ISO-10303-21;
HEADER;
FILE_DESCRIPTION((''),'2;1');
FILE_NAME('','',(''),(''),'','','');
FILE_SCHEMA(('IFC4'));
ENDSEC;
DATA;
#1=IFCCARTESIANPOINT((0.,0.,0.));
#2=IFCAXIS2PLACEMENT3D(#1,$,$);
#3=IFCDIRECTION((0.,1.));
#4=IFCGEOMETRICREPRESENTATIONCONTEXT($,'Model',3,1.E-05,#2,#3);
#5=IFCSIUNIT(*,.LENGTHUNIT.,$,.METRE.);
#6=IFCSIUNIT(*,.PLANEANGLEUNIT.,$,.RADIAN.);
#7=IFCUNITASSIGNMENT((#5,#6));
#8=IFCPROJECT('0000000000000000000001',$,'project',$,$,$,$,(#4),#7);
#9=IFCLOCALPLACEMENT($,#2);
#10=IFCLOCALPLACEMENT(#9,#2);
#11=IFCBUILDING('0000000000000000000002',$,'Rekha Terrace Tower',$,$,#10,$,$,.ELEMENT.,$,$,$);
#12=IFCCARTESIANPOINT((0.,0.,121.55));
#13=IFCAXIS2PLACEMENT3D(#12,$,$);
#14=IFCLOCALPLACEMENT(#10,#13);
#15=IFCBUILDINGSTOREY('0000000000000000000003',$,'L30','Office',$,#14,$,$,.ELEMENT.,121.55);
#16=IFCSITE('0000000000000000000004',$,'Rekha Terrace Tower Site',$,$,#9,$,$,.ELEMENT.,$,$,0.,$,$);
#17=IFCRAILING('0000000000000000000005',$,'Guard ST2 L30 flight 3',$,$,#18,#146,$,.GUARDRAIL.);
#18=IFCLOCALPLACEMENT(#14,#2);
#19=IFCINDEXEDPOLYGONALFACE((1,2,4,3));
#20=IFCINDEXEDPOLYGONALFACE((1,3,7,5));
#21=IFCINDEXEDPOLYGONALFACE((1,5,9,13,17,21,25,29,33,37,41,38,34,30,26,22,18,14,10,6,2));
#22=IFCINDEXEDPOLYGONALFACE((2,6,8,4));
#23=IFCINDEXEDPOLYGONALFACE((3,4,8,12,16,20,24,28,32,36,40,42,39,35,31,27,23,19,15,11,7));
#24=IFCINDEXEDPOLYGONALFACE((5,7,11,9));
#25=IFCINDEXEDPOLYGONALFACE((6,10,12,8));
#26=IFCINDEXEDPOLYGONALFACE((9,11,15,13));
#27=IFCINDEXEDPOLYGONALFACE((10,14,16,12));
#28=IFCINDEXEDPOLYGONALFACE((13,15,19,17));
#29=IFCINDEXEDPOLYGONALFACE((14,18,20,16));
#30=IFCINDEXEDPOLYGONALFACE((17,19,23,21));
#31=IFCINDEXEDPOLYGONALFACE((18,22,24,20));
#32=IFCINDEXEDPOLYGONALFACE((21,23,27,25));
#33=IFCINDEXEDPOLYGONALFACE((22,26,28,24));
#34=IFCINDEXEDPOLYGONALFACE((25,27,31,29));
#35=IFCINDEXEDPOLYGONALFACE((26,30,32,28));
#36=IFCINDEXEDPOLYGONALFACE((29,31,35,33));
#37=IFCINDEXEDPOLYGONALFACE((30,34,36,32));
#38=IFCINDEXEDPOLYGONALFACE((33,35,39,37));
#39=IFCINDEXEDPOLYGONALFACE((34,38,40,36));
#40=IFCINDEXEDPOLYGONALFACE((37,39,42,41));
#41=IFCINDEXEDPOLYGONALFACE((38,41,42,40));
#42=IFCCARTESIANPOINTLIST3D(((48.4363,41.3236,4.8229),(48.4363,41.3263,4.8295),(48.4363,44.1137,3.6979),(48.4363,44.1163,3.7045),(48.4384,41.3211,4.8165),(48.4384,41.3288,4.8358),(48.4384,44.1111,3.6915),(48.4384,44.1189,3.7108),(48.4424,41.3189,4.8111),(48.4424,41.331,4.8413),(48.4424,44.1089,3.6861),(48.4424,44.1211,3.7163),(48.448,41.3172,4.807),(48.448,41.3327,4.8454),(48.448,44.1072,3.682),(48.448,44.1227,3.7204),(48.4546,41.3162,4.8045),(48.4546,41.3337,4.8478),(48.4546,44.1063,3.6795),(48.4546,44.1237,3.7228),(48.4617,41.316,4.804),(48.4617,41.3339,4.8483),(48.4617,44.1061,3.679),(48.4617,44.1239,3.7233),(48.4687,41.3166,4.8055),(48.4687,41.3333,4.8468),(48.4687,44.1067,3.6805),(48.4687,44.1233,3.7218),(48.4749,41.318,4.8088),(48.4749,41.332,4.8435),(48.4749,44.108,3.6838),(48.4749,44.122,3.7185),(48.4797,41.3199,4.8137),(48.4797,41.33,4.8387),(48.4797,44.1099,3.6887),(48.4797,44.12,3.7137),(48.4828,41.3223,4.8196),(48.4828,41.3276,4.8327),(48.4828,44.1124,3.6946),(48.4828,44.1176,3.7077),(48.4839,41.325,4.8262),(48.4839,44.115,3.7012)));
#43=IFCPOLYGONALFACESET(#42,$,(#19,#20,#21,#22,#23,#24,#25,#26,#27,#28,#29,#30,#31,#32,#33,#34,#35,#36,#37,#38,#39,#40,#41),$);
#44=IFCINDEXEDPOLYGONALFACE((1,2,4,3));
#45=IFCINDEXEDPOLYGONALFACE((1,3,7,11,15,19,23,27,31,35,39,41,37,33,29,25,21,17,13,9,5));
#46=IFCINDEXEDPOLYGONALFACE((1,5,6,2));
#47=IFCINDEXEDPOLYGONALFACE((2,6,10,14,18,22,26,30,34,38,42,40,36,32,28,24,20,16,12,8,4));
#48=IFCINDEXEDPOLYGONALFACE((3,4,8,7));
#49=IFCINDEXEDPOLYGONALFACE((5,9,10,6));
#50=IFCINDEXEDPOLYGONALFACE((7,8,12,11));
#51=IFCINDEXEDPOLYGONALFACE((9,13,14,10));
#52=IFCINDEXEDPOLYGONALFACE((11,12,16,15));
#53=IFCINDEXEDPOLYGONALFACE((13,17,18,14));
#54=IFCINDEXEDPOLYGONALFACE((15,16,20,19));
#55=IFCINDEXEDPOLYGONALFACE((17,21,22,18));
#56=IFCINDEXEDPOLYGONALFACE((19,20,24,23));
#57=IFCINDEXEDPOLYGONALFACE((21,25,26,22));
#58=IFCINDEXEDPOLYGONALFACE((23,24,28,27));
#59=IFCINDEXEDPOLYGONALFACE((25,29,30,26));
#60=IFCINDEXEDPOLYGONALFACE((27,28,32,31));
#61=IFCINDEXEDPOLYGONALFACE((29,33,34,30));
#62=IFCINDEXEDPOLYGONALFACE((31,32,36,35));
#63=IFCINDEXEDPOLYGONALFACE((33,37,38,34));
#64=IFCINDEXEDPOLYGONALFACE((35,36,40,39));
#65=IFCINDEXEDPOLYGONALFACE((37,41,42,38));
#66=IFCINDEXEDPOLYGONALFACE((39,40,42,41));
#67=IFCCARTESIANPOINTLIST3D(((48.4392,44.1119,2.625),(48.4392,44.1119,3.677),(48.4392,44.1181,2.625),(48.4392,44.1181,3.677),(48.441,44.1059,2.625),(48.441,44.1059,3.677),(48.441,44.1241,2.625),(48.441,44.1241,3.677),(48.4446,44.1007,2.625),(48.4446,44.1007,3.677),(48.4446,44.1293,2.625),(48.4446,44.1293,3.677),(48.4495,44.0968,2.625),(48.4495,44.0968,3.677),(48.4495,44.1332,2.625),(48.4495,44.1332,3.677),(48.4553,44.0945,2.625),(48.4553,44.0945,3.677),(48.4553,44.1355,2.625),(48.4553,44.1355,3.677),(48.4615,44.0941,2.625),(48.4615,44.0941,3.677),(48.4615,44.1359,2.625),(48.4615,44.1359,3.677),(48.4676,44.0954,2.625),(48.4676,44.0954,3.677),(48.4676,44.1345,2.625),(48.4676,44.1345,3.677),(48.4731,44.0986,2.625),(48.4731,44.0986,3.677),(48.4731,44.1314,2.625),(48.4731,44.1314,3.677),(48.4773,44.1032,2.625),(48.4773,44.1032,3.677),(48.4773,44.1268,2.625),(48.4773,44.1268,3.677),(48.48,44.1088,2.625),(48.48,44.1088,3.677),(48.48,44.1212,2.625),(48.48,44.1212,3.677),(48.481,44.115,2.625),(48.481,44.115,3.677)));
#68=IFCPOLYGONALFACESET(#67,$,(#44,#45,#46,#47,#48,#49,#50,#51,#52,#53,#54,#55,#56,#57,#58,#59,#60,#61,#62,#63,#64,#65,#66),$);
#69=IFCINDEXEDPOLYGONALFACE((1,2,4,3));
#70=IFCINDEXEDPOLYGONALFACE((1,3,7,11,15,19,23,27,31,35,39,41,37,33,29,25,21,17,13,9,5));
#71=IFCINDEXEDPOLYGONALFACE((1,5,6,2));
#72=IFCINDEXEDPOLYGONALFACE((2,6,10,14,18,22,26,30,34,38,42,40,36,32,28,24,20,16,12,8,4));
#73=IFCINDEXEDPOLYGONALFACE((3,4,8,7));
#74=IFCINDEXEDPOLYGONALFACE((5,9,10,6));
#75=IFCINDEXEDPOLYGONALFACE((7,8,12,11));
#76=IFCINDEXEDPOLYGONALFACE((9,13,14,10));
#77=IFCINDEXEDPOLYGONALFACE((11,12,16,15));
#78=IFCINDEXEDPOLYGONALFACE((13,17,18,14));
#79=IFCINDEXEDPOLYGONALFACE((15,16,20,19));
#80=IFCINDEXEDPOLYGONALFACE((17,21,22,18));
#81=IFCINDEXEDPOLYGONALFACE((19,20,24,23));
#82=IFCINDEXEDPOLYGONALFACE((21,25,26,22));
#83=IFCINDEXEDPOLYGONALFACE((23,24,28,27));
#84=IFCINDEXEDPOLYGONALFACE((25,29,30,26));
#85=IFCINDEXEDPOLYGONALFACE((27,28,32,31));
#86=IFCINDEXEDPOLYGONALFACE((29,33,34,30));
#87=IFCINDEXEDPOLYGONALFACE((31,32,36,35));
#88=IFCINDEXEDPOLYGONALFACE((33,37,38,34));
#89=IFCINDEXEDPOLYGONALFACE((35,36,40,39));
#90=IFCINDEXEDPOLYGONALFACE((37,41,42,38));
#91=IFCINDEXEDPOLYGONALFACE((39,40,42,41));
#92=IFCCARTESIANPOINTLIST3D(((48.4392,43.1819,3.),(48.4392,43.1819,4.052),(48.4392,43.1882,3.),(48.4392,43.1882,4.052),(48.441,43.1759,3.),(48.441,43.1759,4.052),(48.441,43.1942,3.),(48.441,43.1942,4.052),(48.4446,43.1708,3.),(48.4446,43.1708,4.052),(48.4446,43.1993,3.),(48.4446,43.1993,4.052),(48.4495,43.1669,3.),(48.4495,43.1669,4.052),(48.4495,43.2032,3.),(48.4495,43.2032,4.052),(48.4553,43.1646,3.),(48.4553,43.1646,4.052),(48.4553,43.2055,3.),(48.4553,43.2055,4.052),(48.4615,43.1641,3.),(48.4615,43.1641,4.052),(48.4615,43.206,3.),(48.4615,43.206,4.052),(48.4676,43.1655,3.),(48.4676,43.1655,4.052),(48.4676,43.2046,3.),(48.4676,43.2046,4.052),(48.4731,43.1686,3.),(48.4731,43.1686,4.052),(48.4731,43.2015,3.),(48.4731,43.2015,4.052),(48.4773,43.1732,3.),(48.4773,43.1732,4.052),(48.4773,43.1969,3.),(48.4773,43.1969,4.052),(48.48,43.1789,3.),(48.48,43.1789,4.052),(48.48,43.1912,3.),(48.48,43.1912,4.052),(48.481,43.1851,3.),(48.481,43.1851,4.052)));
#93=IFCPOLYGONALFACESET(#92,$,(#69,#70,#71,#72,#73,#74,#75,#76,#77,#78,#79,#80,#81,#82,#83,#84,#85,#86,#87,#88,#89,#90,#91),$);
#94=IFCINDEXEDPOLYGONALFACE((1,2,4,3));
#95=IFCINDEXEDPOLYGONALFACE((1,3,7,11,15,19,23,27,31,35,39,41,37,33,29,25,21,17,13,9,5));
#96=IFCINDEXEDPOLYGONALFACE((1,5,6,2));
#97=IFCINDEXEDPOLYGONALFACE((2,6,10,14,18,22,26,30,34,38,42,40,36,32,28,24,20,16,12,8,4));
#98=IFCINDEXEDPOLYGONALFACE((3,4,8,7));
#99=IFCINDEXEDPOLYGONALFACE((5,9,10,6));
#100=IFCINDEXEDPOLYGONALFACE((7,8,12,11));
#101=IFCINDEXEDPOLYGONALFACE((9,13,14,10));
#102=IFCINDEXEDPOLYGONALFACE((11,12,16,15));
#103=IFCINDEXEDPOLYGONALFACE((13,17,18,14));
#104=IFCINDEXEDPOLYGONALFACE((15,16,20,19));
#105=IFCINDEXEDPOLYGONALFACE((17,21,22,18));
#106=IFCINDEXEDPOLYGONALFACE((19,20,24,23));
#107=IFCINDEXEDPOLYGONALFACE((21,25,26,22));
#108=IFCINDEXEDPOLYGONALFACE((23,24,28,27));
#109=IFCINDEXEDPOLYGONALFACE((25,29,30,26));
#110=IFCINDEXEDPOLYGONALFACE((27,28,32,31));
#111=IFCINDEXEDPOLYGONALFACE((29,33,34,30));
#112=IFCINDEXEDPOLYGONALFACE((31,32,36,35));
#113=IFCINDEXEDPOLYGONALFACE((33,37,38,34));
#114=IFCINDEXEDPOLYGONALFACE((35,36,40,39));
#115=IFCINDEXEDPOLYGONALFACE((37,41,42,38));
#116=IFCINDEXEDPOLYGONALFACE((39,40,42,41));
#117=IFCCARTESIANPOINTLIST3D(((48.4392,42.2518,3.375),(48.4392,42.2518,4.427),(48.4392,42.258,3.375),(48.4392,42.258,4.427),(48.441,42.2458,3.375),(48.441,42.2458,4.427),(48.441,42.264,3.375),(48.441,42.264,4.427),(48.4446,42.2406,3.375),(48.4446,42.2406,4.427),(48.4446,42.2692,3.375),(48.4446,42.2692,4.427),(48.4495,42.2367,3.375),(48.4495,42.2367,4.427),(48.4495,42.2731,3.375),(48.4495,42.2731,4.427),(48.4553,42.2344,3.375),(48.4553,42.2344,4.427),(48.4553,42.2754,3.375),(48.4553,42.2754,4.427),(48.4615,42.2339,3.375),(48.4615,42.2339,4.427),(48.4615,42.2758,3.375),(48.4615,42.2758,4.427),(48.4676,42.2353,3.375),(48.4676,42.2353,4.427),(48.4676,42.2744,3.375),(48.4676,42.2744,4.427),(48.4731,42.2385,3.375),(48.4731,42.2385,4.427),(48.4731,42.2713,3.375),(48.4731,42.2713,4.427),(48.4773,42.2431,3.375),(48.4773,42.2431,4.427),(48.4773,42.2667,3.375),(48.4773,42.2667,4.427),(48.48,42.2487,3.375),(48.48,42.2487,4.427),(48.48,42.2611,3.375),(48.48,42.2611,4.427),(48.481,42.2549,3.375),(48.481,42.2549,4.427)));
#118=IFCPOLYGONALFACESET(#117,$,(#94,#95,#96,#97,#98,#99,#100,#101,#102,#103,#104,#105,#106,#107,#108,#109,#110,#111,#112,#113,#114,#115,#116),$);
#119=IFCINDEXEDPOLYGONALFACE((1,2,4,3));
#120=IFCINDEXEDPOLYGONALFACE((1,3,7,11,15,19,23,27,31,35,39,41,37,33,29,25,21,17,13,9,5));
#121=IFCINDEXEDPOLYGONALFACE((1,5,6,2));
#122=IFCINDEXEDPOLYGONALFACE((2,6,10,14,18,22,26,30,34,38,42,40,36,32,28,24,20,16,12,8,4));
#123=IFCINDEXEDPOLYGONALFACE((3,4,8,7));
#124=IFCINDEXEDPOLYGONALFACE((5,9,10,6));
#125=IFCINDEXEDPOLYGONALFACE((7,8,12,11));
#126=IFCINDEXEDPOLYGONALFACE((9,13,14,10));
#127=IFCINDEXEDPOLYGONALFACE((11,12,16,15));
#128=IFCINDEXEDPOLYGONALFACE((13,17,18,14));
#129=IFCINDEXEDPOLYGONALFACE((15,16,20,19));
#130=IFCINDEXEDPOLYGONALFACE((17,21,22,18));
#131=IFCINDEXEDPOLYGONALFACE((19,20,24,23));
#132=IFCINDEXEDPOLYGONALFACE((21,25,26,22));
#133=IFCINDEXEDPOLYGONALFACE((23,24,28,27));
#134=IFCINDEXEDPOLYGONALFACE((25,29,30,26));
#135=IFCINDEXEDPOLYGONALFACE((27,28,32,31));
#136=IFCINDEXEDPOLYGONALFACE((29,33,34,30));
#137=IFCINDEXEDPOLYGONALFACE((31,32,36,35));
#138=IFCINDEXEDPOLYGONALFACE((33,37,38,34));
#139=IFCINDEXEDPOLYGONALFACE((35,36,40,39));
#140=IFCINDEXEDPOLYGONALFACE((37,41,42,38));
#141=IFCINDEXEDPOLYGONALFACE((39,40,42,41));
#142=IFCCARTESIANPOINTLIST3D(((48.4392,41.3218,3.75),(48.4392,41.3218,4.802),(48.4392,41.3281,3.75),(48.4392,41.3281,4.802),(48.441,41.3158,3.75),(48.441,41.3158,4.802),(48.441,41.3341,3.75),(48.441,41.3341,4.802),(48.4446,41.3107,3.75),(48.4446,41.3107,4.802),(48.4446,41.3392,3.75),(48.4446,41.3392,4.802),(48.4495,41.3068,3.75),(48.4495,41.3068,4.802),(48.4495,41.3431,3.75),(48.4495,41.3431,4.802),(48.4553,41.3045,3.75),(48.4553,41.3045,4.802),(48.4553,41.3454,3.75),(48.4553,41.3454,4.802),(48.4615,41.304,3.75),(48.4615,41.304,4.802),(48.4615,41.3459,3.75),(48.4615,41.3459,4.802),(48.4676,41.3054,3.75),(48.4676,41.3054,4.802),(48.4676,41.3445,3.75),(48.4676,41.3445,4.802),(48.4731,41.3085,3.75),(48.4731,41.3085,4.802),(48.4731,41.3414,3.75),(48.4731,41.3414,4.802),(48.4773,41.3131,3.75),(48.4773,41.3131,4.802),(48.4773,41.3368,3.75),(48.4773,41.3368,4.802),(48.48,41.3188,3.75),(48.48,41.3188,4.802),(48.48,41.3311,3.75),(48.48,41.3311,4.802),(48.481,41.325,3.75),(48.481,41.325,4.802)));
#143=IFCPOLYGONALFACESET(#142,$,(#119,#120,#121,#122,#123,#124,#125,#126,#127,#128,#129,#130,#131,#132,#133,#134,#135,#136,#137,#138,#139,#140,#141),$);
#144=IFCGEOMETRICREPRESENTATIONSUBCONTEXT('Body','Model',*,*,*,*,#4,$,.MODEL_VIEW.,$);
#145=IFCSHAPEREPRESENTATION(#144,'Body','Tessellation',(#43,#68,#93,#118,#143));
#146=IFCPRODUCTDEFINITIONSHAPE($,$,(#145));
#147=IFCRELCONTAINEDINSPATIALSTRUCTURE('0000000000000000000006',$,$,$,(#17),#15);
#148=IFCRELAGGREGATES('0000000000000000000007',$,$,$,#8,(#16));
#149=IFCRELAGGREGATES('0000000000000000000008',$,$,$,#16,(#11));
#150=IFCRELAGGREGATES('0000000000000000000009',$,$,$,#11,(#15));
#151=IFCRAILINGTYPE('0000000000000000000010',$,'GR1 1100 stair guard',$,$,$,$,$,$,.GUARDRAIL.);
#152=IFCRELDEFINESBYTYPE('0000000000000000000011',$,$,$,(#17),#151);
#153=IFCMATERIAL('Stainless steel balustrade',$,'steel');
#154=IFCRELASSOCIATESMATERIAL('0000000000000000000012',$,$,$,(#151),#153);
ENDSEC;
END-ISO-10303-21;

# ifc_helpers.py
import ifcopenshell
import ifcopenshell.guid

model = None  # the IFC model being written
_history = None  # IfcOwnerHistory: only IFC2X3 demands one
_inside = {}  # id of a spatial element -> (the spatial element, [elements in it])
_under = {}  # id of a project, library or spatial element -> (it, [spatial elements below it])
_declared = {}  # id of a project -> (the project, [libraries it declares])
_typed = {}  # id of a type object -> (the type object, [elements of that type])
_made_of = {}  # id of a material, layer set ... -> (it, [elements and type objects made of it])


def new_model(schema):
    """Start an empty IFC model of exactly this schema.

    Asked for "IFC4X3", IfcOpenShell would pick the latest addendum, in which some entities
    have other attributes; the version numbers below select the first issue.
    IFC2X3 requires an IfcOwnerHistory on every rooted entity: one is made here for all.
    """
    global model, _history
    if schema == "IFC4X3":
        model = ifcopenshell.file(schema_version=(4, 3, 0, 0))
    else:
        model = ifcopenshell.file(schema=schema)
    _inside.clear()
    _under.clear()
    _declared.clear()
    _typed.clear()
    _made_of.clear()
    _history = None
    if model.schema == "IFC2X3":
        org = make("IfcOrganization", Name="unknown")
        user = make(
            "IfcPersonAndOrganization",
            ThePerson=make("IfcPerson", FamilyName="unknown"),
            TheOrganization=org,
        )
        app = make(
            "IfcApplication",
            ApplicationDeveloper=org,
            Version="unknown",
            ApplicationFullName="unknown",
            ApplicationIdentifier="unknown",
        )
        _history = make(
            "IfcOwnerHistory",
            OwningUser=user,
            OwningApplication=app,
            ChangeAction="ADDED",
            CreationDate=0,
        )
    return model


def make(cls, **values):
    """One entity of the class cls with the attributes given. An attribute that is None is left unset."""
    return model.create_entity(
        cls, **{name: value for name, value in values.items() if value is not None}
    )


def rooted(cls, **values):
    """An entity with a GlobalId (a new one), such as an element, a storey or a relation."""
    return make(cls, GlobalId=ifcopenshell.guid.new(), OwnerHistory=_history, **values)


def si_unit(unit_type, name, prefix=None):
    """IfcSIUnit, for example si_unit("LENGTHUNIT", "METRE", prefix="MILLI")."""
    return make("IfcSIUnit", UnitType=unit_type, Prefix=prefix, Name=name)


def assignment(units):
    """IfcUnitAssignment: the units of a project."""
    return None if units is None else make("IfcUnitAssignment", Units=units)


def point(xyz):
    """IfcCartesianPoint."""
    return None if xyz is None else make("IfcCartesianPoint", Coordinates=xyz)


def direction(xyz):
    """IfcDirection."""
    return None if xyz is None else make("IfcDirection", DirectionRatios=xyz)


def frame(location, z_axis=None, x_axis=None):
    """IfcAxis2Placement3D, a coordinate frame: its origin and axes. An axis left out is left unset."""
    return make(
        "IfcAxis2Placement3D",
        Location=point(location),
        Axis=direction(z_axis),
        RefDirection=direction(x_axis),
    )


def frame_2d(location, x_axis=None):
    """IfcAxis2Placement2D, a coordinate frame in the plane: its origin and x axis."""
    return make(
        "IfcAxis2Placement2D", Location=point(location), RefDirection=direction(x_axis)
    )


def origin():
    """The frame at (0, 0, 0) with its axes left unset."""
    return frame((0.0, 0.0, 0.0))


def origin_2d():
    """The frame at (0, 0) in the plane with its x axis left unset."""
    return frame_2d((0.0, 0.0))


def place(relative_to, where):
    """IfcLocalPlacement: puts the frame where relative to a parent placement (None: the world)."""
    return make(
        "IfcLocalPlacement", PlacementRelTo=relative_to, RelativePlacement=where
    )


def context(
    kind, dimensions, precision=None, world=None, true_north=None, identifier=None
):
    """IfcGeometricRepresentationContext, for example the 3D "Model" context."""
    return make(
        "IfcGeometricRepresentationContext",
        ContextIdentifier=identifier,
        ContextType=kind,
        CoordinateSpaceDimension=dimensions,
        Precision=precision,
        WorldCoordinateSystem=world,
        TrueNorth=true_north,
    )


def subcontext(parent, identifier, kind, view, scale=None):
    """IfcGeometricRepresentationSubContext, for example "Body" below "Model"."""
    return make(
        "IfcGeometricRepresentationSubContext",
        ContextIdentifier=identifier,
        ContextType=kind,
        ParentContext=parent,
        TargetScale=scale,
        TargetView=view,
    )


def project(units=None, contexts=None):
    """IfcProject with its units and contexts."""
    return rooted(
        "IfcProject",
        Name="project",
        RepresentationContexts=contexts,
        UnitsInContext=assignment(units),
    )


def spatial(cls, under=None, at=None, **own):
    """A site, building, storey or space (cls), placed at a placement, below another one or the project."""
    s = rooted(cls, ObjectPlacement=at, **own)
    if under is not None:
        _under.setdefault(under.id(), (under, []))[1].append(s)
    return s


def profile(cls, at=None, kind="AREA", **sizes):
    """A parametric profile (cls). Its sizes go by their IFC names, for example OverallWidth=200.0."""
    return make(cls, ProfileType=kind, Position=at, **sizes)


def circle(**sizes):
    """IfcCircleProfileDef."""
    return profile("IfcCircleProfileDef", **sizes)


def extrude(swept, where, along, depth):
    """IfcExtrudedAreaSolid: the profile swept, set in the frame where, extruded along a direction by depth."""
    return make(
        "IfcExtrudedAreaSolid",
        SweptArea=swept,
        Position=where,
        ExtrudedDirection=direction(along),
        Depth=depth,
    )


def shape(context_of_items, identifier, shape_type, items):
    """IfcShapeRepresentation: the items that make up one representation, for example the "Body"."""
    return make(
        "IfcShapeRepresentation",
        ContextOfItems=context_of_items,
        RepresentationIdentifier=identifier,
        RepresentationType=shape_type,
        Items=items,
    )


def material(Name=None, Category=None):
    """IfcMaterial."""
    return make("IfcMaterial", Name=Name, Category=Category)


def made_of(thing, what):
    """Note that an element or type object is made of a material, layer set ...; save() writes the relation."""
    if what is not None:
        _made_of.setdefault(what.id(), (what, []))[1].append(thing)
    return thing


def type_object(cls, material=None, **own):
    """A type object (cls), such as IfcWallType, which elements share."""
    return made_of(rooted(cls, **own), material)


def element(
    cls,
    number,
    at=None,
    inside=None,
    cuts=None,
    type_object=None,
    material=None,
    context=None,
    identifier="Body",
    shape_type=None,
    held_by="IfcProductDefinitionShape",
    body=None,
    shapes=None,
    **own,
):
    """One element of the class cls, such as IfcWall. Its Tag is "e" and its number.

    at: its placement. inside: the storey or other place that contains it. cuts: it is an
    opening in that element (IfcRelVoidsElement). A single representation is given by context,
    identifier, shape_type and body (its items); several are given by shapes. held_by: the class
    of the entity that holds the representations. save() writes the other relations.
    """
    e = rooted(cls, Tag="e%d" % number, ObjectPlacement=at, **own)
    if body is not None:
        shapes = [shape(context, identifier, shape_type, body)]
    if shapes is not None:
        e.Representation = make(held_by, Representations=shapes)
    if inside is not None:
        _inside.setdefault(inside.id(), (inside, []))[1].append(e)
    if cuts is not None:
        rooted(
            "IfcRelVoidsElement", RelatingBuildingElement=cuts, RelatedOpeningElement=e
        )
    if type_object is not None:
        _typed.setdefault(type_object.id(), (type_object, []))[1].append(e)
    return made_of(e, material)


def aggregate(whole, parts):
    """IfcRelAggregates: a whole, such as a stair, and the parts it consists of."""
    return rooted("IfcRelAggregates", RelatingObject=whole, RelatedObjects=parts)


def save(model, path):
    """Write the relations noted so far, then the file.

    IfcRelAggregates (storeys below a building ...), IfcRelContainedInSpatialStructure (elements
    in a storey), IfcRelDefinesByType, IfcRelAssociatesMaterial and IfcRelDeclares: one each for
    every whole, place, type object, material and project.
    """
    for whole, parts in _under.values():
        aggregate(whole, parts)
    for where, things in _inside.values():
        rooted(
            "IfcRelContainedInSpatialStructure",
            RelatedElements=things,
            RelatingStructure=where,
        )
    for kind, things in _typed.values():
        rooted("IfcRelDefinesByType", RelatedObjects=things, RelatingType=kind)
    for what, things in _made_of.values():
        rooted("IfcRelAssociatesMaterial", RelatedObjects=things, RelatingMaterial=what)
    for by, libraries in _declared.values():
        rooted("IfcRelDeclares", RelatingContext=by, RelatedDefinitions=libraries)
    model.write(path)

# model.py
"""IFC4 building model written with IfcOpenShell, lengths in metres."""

from ifc_helpers import new_model, si_unit, direction, frame, origin, origin_2d, place, context, subcontext, project, spatial, circle, extrude, material, type_object, element, save


model = new_model("IFC4")

# Units and contexts
model_context = context("Model", 3, precision=1e-05, world=origin(), true_north=direction((0.0, 1.0)))
body_context = subcontext(model_context, "Body", "Model", "MODEL_VIEW")
ifc_project = project(units=[si_unit("LENGTHUNIT", "METRE"), si_unit("PLANEANGLEUNIT", "RADIAN")], contexts=[model_context])

# Site, building, storey
site_placement = place(None, origin())
site = spatial("IfcSite", under=ifc_project, at=site_placement, Name="Rekha Terrace Tower Site", CompositionType="ELEMENT", RefElevation=0.0)
building_placement = place(site_placement, origin())
building = spatial("IfcBuilding", under=site, at=building_placement, Name="Rekha Terrace Tower", CompositionType="ELEMENT")
storey_placement = place(building_placement, frame((0.0, 0.0, 121.55)))
storey = spatial("IfcBuildingStorey", under=building, at=storey_placement, Name="L30", Description="Office", CompositionType="ELEMENT", Elevation=121.55)

# Railing
ifc_material_1 = material(Name="Stainless steel balustrade", Category="steel")
railing_type_1 = type_object("IfcRailingType", Name="GR1 1100 stair guard", PredefinedType="GUARDRAIL", material=ifc_material_1)
railing_1_placement = place(storey_placement, frame((48.46, 44.115, 2.625)))
element("IfcRailing", 1, at=railing_1_placement, inside=storey, type_object=railing_type_1, Name="Guard ST2 L30 flight 3", PredefinedType="GUARDRAIL", context=body_context, shape_type="SweptSolid", body=[
    extrude(circle(Radius=0.0239, at=origin_2d()), frame((0.0, 0.0, 1.0762), z_axis=(0.0, -0.927443, 0.373964), x_axis=(1.0, 0.0, 0.0)), (0.0, 0.0, 1.0), 3.0083),
    extrude(circle(Radius=0.021, at=origin_2d()), origin(), (0.0, 0.0, 1.0), 1.052),
    extrude(circle(Radius=0.021, at=origin_2d()), frame((0.0, -0.9299, 0.375)), (0.0, 0.0, 1.0), 1.052),
    extrude(circle(Radius=0.021, at=origin_2d()), frame((0.0, -1.8601, 0.75)), (0.0, 0.0, 1.0), 1.052),
    extrude(circle(Radius=0.021, at=origin_2d()), frame((0.0, -2.79, 1.125)), (0.0, 0.0, 1.0), 1.052),
])

save(model, "model.ifc")
